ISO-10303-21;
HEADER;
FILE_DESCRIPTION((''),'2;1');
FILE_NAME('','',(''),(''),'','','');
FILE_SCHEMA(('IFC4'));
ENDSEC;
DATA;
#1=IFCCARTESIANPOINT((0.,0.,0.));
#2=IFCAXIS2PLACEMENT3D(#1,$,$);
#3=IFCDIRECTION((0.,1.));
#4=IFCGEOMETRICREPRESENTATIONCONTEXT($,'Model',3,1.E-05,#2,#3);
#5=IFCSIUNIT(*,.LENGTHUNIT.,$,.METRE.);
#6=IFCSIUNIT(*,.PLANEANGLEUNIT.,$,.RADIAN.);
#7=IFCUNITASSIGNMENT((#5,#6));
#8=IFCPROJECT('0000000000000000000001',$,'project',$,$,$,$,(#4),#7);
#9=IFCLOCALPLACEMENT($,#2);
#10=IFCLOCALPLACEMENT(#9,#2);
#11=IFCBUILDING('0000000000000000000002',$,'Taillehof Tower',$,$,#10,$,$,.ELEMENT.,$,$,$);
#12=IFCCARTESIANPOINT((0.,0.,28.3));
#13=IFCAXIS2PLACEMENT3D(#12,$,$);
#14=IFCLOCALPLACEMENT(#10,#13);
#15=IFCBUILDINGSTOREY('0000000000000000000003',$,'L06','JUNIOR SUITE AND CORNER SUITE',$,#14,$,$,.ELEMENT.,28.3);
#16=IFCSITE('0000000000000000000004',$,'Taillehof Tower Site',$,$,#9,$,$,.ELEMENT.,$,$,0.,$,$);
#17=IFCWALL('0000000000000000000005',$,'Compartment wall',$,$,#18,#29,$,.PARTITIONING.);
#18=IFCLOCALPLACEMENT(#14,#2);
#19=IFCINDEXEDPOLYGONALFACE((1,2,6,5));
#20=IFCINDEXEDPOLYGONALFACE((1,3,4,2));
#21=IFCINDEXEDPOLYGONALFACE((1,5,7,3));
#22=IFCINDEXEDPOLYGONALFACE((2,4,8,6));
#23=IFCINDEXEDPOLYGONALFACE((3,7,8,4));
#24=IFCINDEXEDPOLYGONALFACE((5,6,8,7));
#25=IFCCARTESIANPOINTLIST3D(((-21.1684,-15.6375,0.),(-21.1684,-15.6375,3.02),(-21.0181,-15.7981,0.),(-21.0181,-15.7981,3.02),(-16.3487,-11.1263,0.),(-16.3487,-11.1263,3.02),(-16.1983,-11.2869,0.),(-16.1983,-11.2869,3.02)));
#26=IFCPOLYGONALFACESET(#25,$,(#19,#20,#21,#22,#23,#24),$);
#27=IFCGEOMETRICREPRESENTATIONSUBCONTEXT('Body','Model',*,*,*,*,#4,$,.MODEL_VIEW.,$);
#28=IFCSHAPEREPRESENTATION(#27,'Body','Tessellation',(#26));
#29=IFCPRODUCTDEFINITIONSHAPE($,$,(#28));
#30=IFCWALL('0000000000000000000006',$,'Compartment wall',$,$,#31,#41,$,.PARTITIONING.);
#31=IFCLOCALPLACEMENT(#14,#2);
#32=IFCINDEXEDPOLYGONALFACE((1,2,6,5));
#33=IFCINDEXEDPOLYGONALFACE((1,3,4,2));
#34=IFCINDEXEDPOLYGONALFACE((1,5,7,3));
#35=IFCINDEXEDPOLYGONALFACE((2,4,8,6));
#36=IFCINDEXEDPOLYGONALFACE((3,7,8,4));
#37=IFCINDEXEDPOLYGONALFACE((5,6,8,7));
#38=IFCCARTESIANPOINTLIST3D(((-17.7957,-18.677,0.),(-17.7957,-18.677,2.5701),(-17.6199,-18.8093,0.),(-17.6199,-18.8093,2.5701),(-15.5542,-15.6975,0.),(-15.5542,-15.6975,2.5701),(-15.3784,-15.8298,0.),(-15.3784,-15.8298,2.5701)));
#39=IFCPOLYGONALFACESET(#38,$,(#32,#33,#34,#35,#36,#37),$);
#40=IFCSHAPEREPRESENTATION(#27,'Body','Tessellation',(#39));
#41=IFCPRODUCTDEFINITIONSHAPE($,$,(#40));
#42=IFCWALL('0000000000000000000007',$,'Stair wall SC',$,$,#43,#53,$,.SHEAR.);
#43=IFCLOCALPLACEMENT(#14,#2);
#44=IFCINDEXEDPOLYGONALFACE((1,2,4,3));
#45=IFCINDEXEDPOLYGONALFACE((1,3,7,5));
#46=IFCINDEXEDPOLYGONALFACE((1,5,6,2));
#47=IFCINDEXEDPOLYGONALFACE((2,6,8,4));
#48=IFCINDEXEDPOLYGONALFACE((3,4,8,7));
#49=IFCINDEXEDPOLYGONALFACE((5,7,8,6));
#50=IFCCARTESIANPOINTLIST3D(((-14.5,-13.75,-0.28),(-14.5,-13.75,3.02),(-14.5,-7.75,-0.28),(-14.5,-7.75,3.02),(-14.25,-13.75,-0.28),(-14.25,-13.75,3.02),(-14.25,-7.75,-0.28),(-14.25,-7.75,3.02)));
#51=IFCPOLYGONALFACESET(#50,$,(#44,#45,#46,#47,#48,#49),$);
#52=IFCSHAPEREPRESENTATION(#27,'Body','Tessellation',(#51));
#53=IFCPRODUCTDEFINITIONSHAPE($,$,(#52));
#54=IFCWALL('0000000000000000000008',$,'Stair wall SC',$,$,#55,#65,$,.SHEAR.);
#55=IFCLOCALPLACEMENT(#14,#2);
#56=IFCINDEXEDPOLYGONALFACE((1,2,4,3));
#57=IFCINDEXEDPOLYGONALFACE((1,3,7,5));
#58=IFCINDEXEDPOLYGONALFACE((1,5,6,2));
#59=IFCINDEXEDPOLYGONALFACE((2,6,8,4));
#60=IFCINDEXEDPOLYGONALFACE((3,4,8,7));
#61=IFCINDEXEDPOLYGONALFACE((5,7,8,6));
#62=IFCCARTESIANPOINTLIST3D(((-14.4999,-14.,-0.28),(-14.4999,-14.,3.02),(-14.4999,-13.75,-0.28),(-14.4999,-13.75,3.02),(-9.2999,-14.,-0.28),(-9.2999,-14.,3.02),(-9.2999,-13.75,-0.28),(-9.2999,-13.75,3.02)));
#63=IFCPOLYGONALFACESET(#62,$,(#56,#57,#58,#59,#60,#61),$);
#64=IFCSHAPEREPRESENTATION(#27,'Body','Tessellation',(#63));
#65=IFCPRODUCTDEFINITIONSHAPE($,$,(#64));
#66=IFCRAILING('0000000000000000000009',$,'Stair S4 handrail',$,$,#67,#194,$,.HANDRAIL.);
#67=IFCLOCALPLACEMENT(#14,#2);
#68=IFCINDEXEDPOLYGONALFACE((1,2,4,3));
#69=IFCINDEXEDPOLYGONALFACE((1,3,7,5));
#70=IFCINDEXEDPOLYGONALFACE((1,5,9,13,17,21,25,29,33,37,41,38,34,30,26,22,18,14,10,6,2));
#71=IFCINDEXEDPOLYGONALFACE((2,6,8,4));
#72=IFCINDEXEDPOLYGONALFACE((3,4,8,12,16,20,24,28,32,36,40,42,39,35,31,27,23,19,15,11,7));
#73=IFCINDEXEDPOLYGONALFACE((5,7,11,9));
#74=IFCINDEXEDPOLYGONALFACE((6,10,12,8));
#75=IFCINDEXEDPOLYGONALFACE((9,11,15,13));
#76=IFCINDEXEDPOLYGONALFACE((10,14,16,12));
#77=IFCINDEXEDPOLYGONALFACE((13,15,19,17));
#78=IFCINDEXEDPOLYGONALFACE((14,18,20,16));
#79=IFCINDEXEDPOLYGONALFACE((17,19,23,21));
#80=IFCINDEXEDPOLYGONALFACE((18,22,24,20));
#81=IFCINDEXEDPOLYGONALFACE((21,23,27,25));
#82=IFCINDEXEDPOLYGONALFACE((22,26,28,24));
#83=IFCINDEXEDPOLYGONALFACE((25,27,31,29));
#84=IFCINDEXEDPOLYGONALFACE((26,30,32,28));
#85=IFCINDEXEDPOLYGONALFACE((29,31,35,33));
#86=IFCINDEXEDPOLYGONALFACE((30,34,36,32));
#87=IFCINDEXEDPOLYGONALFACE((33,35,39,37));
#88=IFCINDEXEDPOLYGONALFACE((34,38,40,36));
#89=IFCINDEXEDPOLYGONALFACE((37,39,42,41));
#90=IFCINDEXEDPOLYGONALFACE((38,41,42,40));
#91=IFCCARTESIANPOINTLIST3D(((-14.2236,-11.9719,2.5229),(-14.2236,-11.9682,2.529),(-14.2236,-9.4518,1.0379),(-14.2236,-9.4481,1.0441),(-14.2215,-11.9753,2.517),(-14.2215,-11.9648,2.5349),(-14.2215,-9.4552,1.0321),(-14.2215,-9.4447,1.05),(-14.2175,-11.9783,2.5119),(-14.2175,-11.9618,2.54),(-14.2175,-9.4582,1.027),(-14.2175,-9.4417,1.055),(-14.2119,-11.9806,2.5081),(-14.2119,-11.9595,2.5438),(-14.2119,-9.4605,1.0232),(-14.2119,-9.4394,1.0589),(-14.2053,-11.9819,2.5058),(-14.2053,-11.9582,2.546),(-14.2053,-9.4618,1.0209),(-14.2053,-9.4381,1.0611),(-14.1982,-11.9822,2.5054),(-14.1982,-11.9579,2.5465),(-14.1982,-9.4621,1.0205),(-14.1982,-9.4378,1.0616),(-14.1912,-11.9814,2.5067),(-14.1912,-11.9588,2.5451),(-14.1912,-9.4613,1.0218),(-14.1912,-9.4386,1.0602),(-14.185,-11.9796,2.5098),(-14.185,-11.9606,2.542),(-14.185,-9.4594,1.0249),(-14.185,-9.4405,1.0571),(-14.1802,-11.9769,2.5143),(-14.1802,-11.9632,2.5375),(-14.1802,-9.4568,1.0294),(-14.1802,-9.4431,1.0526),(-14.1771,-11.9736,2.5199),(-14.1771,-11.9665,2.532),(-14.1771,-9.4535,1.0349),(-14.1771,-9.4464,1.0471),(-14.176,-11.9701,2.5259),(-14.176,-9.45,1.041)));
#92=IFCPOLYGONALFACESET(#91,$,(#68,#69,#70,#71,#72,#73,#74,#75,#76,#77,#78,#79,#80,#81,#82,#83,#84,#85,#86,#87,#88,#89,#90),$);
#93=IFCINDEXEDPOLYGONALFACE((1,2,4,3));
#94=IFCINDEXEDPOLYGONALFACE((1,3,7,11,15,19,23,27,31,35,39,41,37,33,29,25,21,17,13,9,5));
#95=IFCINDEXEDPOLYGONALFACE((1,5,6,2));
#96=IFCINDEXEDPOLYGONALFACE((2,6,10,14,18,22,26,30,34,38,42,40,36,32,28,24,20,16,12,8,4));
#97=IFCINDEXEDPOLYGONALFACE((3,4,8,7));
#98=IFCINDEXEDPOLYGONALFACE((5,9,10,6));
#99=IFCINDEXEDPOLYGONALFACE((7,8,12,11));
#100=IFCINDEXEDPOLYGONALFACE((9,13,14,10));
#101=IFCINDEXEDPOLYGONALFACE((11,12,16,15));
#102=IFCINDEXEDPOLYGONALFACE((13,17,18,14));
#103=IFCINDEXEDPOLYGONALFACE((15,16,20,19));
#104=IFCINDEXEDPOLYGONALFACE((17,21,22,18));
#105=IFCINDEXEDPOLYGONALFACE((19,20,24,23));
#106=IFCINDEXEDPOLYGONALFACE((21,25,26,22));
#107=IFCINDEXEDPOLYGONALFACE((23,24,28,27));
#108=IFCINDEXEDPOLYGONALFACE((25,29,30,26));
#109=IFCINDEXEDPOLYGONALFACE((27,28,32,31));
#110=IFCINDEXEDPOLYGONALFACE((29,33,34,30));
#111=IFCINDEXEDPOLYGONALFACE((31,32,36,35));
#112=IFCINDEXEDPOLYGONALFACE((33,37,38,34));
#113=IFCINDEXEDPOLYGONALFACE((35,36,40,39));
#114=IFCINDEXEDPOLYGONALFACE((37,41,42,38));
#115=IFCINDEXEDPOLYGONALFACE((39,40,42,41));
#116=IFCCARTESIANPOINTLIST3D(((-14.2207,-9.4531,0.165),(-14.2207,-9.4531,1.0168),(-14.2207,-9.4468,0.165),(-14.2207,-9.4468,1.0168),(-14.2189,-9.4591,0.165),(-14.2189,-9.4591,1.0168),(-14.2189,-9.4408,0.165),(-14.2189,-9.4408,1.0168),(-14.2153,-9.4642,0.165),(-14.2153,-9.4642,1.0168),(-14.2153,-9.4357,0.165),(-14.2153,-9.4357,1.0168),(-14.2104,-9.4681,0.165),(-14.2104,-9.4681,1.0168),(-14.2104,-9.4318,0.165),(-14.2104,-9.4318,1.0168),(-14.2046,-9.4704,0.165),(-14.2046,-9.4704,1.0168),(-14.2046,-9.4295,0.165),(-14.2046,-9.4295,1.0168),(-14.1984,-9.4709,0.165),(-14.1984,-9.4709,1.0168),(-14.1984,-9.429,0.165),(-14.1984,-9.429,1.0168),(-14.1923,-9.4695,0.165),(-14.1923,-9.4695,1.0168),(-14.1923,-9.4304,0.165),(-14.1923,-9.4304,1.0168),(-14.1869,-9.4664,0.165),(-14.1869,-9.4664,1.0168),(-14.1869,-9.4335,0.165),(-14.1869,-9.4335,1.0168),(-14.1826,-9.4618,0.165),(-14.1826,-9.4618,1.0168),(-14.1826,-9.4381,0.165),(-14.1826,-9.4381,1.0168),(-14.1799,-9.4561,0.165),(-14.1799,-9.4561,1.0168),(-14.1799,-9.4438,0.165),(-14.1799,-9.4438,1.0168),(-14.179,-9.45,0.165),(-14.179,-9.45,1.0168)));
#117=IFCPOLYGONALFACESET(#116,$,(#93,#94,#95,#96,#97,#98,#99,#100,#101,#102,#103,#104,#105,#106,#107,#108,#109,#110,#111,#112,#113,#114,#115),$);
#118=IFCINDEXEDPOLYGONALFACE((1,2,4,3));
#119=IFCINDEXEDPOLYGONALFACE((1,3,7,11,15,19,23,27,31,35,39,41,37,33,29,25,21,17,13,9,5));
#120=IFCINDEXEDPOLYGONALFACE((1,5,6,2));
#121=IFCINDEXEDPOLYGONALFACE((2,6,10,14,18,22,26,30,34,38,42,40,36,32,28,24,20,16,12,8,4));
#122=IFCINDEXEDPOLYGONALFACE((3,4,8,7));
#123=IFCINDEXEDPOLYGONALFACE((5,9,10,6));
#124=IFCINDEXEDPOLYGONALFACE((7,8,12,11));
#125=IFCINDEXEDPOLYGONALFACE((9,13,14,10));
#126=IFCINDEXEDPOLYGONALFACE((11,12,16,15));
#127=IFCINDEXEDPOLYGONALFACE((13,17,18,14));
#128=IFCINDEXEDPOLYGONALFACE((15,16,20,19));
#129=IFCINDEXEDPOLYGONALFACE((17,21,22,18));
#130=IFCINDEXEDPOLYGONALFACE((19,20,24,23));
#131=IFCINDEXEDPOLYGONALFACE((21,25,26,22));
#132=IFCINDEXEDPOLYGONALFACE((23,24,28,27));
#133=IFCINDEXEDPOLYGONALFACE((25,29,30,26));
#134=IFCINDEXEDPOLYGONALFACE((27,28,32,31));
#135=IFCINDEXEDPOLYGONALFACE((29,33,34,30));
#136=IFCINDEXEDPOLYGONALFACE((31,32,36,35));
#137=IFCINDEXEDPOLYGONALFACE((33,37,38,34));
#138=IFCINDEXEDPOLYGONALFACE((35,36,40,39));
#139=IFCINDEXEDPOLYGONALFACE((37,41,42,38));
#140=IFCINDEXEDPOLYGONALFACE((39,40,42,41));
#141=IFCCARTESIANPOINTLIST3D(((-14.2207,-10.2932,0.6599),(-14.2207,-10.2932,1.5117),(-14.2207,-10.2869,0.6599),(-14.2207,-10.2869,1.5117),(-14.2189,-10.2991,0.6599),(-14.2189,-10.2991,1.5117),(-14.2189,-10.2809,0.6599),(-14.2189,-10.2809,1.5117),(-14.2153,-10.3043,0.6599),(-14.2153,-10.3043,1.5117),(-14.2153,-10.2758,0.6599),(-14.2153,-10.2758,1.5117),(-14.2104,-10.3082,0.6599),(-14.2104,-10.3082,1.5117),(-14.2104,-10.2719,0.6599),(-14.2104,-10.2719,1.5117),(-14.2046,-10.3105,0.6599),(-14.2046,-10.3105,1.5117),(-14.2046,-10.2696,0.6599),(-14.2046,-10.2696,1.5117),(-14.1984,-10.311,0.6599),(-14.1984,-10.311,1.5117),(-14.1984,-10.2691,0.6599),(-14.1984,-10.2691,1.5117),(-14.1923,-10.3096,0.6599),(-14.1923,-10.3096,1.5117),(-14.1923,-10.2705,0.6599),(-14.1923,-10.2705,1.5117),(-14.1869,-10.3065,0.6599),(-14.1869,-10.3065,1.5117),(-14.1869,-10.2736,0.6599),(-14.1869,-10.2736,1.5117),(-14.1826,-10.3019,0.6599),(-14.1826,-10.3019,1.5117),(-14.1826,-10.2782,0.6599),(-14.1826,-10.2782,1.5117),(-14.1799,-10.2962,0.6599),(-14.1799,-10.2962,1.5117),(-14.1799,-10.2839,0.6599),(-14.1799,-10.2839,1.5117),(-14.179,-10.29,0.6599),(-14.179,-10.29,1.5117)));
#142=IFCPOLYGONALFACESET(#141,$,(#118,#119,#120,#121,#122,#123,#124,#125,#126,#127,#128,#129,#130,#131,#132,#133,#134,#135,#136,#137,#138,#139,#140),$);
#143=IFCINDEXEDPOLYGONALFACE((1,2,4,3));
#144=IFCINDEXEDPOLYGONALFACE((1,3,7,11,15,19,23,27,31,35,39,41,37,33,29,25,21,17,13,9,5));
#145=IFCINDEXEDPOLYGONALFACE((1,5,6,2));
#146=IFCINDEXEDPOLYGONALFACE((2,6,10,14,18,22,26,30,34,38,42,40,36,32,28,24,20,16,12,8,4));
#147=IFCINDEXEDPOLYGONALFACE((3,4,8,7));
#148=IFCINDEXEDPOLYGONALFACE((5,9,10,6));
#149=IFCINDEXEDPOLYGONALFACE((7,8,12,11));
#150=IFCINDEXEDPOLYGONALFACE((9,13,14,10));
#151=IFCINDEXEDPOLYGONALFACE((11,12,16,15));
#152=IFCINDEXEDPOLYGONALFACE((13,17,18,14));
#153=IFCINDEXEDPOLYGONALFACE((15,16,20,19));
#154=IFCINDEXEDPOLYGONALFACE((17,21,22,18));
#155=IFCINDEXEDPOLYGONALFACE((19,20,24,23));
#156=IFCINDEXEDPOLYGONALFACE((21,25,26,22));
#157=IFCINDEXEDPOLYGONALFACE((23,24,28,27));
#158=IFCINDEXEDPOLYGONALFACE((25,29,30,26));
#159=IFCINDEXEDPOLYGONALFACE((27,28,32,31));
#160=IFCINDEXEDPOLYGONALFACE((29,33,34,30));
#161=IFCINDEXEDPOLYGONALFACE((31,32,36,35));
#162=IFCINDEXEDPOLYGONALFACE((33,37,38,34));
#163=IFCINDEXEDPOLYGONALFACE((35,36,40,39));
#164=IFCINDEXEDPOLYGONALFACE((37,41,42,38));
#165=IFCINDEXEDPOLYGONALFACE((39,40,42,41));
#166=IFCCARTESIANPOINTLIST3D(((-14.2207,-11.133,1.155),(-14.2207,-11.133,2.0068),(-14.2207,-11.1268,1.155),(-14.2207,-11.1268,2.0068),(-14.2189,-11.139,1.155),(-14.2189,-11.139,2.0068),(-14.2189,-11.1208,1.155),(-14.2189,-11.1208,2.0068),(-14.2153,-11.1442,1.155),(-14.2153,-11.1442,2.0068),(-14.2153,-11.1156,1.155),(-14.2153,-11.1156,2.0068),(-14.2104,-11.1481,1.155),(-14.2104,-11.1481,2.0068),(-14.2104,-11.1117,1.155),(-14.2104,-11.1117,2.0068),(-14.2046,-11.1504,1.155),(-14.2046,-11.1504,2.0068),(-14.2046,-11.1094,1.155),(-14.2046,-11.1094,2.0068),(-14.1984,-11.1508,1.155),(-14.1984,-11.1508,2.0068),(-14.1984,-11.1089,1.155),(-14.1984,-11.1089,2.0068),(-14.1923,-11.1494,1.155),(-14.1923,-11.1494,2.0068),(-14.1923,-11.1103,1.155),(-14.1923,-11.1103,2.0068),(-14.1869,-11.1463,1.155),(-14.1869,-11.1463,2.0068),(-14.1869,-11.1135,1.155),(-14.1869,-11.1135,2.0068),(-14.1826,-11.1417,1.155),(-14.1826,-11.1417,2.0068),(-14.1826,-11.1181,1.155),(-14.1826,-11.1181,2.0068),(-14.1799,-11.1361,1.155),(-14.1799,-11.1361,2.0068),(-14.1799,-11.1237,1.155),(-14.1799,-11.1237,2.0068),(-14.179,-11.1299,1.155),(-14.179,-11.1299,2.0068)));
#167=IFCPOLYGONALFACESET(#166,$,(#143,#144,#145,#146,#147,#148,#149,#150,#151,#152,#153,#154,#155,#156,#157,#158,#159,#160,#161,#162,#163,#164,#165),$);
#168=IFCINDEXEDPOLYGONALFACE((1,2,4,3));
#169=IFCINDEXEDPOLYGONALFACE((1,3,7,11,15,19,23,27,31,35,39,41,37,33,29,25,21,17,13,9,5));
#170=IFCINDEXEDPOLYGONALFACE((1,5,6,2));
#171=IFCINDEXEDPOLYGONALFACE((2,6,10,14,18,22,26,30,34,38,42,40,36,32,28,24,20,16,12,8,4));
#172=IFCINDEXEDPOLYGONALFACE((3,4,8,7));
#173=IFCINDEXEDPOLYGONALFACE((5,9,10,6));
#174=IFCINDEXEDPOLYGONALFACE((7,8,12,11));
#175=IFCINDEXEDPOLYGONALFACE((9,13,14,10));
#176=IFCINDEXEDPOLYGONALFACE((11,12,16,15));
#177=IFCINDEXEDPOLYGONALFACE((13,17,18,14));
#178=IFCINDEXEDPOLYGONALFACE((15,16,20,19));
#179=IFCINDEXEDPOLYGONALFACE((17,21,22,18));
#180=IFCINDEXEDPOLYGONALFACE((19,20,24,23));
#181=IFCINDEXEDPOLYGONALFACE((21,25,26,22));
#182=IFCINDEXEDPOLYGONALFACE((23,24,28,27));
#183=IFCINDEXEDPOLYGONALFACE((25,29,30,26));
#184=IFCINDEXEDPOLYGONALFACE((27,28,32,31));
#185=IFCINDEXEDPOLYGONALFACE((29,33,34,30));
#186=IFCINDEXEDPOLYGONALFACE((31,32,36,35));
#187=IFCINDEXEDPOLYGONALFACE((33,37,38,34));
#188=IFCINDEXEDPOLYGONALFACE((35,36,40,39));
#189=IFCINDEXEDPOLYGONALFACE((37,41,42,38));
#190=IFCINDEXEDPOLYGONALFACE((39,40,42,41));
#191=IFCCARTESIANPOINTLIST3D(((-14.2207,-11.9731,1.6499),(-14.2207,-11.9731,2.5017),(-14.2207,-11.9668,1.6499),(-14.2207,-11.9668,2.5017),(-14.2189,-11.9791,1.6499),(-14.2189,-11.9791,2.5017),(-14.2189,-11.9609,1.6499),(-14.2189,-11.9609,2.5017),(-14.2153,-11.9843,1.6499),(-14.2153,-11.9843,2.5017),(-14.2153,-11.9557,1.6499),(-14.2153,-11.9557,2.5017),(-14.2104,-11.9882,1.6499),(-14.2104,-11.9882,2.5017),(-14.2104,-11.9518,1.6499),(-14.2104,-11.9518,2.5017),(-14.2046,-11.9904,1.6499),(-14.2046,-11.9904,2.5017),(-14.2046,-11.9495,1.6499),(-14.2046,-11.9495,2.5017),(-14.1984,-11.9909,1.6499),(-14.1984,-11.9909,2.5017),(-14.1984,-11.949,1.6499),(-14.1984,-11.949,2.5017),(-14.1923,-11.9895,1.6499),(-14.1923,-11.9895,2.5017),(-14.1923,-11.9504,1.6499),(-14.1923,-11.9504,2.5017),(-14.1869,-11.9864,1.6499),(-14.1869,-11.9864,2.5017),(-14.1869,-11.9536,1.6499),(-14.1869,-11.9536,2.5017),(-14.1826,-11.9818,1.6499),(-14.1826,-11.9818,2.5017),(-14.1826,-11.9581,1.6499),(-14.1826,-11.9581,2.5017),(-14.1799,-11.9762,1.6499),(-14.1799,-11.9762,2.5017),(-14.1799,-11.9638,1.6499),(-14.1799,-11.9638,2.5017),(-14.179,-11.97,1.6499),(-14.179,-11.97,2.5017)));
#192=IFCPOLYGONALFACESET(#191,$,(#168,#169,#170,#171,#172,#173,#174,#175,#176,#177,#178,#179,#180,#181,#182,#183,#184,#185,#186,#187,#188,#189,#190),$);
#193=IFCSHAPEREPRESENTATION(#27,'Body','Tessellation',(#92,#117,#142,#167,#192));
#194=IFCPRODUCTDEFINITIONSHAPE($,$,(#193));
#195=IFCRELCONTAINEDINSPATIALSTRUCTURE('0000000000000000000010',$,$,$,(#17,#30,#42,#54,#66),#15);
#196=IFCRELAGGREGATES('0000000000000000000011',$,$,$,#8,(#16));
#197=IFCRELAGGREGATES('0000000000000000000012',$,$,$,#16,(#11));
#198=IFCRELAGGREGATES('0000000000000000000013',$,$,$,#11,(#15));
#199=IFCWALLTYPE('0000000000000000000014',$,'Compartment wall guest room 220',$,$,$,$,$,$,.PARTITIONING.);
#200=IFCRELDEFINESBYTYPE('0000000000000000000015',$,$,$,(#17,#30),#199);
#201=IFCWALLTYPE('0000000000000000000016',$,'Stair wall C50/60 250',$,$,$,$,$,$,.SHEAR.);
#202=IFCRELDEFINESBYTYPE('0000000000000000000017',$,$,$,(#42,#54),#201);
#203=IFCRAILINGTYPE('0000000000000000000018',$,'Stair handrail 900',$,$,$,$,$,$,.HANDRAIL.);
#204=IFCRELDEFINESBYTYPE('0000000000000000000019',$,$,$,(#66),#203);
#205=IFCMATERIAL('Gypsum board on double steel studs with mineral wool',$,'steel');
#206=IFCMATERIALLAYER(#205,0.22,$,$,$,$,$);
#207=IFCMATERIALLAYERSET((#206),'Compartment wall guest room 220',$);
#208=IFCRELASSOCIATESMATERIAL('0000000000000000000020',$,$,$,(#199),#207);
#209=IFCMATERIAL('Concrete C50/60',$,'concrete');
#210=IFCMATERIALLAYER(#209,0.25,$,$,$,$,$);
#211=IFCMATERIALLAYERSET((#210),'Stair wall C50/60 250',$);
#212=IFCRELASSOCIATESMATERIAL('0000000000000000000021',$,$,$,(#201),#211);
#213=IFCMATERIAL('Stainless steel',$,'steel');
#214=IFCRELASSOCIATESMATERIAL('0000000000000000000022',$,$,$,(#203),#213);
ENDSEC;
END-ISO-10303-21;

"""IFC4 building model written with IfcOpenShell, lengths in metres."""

from ifc_helpers import new_model, si_unit, direction, frame, frame_2d, origin, origin_2d, place, context, subcontext, project, spatial, rectangle, circle, extrude, material, layer, layer_set, type_object, element, save


model = new_model("IFC4")

# Units and contexts
model_context = context("Model", 3, precision=1e-05, world=origin(), true_north=direction((0.0, 1.0)))
body_context = subcontext(model_context, "Body", "Model", "MODEL_VIEW")
ifc_project = project(units=[si_unit("LENGTHUNIT", "METRE"), si_unit("PLANEANGLEUNIT", "RADIAN")], contexts=[model_context])

# Site, building, storey
site_placement = place(None, origin())
site = spatial("IfcSite", under=ifc_project, at=site_placement, Name="Taillehof Tower Site", CompositionType="ELEMENT", RefElevation=0.0)
building_placement = place(site_placement, origin())
building = spatial("IfcBuilding", under=site, at=building_placement, Name="Taillehof Tower", CompositionType="ELEMENT")
storey_placement = place(building_placement, frame((0.0, 0.0, 28.3)))
storey = spatial("IfcBuildingStorey", under=building, at=storey_placement, Name="L06", Description="JUNIOR SUITE AND CORNER SUITE", CompositionType="ELEMENT", Elevation=28.3)

# Walls
ifc_material_1 = material(Name="Gypsum board on double steel studs with mineral wool", Category="steel")
ifc_layer_1 = layer(ifc_material_1, 0.22)
ifc_layer_set_1 = layer_set([ifc_layer_1], Name="Compartment wall guest room 220")
wall_type_1 = type_object("IfcWallType", Name="Compartment wall guest room 220", PredefinedType="PARTITIONING", material=ifc_layer_set_1)
wall_1_placement = place(storey_placement, frame((-21.0933, -15.7178, 0.0), z_axis=(0.0, 0.0, 1.0), x_axis=(0.730093, 0.683348, 0.0)))
element("IfcWall", 1, at=wall_1_placement, inside=storey, type_object=wall_type_1, Name="Compartment wall", PredefinedType="PARTITIONING", context=body_context, shape_type="SweptSolid", body=[
    extrude(rectangle(XDim=6.6016, YDim=0.22, at=frame_2d((3.3008, 0.0))), origin(), (0.0, 0.0, 1.0), 3.02),
])
wall_2_placement = place(storey_placement, frame((-17.7078, -18.7432, 0.0), z_axis=(0.0, 0.0, 1.0), x_axis=(0.601173, 0.799119, 0.0)))
element("IfcWall", 2, at=wall_2_placement, inside=storey, type_object=wall_type_1, Name="Compartment wall", PredefinedType="PARTITIONING", context=body_context, shape_type="SweptSolid", body=[
    extrude(rectangle(XDim=3.7285, YDim=0.22, at=frame_2d((1.8643, 0.0))), origin(), (0.0, 0.0, 1.0), 2.5701),
])
ifc_material_2 = material(Name="Concrete C50/60", Category="concrete")
ifc_layer_2 = layer(ifc_material_2, 0.25)
ifc_layer_set_2 = layer_set([ifc_layer_2], Name="Stair wall C50/60 250")
wall_type_2 = type_object("IfcWallType", Name="Stair wall C50/60 250", PredefinedType="SHEAR", material=ifc_layer_set_2)
wall_3_placement = place(storey_placement, frame((-14.375, -13.75, -0.28), z_axis=(0.0, 0.0, 1.0), x_axis=(0.0, 1.0, 0.0)))
element("IfcWall", 3, at=wall_3_placement, inside=storey, type_object=wall_type_2, Name="Stair wall SC", PredefinedType="SHEAR", context=body_context, shape_type="SweptSolid", body=[
    extrude(rectangle(XDim=6.0, YDim=0.25, at=frame_2d((3.0, 0.0))), origin(), (0.0, 0.0, 1.0), 3.3),
])
wall_4_placement = place(storey_placement, frame((-14.5, -13.875, -0.28), z_axis=(0.0, 0.0, 1.0), x_axis=(1.0, 0.0, 0.0)))
element("IfcWall", 4, at=wall_4_placement, inside=storey, type_object=wall_type_2, Name="Stair wall SC", PredefinedType="SHEAR", context=body_context, shape_type="SweptSolid", body=[
    extrude(rectangle(XDim=5.2, YDim=0.25, at=frame_2d((2.6001, 0.0))), origin(), (0.0, 0.0, 1.0), 3.3),
])

# Railing
ifc_material_3 = material(Name="Stainless steel", Category="steel")
railing_type = type_object("IfcRailingType", Name="Stair handrail 900", PredefinedType="HANDRAIL", material=ifc_material_3)
railing_placement = place(storey_placement, frame((-14.2, -9.45, 0.165)))
element("IfcRailing", 5, at=railing_placement, inside=storey, type_object=railing_type, Name="Stair S4 handrail", PredefinedType="HANDRAIL", context=body_context, shape_type="SweptSolid", body=[
    extrude(circle(Radius=0.0239, at=origin_2d()), frame((0.0, 0.0, 0.876), z_axis=(0.0, -0.861561, 0.507655), x_axis=(1.0, 0.0, 0.0)), (0.0, 0.0, 1.0), 2.925),
    extrude(circle(Radius=0.021, at=origin_2d()), origin(), (0.0, 0.0, 1.0), 0.8518),
    extrude(circle(Radius=0.021, at=origin_2d()), frame((0.0, -0.8401, 0.4949)), (0.0, 0.0, 1.0), 0.8518),
    extrude(circle(Radius=0.021, at=origin_2d()), frame((0.0, -1.6799, 0.99)), (0.0, 0.0, 1.0), 0.8518),
    extrude(circle(Radius=0.021, at=origin_2d()), frame((0.0, -2.52, 1.4849)), (0.0, 0.0, 1.0), 0.8518),
])

save(model, "model.ifc")
